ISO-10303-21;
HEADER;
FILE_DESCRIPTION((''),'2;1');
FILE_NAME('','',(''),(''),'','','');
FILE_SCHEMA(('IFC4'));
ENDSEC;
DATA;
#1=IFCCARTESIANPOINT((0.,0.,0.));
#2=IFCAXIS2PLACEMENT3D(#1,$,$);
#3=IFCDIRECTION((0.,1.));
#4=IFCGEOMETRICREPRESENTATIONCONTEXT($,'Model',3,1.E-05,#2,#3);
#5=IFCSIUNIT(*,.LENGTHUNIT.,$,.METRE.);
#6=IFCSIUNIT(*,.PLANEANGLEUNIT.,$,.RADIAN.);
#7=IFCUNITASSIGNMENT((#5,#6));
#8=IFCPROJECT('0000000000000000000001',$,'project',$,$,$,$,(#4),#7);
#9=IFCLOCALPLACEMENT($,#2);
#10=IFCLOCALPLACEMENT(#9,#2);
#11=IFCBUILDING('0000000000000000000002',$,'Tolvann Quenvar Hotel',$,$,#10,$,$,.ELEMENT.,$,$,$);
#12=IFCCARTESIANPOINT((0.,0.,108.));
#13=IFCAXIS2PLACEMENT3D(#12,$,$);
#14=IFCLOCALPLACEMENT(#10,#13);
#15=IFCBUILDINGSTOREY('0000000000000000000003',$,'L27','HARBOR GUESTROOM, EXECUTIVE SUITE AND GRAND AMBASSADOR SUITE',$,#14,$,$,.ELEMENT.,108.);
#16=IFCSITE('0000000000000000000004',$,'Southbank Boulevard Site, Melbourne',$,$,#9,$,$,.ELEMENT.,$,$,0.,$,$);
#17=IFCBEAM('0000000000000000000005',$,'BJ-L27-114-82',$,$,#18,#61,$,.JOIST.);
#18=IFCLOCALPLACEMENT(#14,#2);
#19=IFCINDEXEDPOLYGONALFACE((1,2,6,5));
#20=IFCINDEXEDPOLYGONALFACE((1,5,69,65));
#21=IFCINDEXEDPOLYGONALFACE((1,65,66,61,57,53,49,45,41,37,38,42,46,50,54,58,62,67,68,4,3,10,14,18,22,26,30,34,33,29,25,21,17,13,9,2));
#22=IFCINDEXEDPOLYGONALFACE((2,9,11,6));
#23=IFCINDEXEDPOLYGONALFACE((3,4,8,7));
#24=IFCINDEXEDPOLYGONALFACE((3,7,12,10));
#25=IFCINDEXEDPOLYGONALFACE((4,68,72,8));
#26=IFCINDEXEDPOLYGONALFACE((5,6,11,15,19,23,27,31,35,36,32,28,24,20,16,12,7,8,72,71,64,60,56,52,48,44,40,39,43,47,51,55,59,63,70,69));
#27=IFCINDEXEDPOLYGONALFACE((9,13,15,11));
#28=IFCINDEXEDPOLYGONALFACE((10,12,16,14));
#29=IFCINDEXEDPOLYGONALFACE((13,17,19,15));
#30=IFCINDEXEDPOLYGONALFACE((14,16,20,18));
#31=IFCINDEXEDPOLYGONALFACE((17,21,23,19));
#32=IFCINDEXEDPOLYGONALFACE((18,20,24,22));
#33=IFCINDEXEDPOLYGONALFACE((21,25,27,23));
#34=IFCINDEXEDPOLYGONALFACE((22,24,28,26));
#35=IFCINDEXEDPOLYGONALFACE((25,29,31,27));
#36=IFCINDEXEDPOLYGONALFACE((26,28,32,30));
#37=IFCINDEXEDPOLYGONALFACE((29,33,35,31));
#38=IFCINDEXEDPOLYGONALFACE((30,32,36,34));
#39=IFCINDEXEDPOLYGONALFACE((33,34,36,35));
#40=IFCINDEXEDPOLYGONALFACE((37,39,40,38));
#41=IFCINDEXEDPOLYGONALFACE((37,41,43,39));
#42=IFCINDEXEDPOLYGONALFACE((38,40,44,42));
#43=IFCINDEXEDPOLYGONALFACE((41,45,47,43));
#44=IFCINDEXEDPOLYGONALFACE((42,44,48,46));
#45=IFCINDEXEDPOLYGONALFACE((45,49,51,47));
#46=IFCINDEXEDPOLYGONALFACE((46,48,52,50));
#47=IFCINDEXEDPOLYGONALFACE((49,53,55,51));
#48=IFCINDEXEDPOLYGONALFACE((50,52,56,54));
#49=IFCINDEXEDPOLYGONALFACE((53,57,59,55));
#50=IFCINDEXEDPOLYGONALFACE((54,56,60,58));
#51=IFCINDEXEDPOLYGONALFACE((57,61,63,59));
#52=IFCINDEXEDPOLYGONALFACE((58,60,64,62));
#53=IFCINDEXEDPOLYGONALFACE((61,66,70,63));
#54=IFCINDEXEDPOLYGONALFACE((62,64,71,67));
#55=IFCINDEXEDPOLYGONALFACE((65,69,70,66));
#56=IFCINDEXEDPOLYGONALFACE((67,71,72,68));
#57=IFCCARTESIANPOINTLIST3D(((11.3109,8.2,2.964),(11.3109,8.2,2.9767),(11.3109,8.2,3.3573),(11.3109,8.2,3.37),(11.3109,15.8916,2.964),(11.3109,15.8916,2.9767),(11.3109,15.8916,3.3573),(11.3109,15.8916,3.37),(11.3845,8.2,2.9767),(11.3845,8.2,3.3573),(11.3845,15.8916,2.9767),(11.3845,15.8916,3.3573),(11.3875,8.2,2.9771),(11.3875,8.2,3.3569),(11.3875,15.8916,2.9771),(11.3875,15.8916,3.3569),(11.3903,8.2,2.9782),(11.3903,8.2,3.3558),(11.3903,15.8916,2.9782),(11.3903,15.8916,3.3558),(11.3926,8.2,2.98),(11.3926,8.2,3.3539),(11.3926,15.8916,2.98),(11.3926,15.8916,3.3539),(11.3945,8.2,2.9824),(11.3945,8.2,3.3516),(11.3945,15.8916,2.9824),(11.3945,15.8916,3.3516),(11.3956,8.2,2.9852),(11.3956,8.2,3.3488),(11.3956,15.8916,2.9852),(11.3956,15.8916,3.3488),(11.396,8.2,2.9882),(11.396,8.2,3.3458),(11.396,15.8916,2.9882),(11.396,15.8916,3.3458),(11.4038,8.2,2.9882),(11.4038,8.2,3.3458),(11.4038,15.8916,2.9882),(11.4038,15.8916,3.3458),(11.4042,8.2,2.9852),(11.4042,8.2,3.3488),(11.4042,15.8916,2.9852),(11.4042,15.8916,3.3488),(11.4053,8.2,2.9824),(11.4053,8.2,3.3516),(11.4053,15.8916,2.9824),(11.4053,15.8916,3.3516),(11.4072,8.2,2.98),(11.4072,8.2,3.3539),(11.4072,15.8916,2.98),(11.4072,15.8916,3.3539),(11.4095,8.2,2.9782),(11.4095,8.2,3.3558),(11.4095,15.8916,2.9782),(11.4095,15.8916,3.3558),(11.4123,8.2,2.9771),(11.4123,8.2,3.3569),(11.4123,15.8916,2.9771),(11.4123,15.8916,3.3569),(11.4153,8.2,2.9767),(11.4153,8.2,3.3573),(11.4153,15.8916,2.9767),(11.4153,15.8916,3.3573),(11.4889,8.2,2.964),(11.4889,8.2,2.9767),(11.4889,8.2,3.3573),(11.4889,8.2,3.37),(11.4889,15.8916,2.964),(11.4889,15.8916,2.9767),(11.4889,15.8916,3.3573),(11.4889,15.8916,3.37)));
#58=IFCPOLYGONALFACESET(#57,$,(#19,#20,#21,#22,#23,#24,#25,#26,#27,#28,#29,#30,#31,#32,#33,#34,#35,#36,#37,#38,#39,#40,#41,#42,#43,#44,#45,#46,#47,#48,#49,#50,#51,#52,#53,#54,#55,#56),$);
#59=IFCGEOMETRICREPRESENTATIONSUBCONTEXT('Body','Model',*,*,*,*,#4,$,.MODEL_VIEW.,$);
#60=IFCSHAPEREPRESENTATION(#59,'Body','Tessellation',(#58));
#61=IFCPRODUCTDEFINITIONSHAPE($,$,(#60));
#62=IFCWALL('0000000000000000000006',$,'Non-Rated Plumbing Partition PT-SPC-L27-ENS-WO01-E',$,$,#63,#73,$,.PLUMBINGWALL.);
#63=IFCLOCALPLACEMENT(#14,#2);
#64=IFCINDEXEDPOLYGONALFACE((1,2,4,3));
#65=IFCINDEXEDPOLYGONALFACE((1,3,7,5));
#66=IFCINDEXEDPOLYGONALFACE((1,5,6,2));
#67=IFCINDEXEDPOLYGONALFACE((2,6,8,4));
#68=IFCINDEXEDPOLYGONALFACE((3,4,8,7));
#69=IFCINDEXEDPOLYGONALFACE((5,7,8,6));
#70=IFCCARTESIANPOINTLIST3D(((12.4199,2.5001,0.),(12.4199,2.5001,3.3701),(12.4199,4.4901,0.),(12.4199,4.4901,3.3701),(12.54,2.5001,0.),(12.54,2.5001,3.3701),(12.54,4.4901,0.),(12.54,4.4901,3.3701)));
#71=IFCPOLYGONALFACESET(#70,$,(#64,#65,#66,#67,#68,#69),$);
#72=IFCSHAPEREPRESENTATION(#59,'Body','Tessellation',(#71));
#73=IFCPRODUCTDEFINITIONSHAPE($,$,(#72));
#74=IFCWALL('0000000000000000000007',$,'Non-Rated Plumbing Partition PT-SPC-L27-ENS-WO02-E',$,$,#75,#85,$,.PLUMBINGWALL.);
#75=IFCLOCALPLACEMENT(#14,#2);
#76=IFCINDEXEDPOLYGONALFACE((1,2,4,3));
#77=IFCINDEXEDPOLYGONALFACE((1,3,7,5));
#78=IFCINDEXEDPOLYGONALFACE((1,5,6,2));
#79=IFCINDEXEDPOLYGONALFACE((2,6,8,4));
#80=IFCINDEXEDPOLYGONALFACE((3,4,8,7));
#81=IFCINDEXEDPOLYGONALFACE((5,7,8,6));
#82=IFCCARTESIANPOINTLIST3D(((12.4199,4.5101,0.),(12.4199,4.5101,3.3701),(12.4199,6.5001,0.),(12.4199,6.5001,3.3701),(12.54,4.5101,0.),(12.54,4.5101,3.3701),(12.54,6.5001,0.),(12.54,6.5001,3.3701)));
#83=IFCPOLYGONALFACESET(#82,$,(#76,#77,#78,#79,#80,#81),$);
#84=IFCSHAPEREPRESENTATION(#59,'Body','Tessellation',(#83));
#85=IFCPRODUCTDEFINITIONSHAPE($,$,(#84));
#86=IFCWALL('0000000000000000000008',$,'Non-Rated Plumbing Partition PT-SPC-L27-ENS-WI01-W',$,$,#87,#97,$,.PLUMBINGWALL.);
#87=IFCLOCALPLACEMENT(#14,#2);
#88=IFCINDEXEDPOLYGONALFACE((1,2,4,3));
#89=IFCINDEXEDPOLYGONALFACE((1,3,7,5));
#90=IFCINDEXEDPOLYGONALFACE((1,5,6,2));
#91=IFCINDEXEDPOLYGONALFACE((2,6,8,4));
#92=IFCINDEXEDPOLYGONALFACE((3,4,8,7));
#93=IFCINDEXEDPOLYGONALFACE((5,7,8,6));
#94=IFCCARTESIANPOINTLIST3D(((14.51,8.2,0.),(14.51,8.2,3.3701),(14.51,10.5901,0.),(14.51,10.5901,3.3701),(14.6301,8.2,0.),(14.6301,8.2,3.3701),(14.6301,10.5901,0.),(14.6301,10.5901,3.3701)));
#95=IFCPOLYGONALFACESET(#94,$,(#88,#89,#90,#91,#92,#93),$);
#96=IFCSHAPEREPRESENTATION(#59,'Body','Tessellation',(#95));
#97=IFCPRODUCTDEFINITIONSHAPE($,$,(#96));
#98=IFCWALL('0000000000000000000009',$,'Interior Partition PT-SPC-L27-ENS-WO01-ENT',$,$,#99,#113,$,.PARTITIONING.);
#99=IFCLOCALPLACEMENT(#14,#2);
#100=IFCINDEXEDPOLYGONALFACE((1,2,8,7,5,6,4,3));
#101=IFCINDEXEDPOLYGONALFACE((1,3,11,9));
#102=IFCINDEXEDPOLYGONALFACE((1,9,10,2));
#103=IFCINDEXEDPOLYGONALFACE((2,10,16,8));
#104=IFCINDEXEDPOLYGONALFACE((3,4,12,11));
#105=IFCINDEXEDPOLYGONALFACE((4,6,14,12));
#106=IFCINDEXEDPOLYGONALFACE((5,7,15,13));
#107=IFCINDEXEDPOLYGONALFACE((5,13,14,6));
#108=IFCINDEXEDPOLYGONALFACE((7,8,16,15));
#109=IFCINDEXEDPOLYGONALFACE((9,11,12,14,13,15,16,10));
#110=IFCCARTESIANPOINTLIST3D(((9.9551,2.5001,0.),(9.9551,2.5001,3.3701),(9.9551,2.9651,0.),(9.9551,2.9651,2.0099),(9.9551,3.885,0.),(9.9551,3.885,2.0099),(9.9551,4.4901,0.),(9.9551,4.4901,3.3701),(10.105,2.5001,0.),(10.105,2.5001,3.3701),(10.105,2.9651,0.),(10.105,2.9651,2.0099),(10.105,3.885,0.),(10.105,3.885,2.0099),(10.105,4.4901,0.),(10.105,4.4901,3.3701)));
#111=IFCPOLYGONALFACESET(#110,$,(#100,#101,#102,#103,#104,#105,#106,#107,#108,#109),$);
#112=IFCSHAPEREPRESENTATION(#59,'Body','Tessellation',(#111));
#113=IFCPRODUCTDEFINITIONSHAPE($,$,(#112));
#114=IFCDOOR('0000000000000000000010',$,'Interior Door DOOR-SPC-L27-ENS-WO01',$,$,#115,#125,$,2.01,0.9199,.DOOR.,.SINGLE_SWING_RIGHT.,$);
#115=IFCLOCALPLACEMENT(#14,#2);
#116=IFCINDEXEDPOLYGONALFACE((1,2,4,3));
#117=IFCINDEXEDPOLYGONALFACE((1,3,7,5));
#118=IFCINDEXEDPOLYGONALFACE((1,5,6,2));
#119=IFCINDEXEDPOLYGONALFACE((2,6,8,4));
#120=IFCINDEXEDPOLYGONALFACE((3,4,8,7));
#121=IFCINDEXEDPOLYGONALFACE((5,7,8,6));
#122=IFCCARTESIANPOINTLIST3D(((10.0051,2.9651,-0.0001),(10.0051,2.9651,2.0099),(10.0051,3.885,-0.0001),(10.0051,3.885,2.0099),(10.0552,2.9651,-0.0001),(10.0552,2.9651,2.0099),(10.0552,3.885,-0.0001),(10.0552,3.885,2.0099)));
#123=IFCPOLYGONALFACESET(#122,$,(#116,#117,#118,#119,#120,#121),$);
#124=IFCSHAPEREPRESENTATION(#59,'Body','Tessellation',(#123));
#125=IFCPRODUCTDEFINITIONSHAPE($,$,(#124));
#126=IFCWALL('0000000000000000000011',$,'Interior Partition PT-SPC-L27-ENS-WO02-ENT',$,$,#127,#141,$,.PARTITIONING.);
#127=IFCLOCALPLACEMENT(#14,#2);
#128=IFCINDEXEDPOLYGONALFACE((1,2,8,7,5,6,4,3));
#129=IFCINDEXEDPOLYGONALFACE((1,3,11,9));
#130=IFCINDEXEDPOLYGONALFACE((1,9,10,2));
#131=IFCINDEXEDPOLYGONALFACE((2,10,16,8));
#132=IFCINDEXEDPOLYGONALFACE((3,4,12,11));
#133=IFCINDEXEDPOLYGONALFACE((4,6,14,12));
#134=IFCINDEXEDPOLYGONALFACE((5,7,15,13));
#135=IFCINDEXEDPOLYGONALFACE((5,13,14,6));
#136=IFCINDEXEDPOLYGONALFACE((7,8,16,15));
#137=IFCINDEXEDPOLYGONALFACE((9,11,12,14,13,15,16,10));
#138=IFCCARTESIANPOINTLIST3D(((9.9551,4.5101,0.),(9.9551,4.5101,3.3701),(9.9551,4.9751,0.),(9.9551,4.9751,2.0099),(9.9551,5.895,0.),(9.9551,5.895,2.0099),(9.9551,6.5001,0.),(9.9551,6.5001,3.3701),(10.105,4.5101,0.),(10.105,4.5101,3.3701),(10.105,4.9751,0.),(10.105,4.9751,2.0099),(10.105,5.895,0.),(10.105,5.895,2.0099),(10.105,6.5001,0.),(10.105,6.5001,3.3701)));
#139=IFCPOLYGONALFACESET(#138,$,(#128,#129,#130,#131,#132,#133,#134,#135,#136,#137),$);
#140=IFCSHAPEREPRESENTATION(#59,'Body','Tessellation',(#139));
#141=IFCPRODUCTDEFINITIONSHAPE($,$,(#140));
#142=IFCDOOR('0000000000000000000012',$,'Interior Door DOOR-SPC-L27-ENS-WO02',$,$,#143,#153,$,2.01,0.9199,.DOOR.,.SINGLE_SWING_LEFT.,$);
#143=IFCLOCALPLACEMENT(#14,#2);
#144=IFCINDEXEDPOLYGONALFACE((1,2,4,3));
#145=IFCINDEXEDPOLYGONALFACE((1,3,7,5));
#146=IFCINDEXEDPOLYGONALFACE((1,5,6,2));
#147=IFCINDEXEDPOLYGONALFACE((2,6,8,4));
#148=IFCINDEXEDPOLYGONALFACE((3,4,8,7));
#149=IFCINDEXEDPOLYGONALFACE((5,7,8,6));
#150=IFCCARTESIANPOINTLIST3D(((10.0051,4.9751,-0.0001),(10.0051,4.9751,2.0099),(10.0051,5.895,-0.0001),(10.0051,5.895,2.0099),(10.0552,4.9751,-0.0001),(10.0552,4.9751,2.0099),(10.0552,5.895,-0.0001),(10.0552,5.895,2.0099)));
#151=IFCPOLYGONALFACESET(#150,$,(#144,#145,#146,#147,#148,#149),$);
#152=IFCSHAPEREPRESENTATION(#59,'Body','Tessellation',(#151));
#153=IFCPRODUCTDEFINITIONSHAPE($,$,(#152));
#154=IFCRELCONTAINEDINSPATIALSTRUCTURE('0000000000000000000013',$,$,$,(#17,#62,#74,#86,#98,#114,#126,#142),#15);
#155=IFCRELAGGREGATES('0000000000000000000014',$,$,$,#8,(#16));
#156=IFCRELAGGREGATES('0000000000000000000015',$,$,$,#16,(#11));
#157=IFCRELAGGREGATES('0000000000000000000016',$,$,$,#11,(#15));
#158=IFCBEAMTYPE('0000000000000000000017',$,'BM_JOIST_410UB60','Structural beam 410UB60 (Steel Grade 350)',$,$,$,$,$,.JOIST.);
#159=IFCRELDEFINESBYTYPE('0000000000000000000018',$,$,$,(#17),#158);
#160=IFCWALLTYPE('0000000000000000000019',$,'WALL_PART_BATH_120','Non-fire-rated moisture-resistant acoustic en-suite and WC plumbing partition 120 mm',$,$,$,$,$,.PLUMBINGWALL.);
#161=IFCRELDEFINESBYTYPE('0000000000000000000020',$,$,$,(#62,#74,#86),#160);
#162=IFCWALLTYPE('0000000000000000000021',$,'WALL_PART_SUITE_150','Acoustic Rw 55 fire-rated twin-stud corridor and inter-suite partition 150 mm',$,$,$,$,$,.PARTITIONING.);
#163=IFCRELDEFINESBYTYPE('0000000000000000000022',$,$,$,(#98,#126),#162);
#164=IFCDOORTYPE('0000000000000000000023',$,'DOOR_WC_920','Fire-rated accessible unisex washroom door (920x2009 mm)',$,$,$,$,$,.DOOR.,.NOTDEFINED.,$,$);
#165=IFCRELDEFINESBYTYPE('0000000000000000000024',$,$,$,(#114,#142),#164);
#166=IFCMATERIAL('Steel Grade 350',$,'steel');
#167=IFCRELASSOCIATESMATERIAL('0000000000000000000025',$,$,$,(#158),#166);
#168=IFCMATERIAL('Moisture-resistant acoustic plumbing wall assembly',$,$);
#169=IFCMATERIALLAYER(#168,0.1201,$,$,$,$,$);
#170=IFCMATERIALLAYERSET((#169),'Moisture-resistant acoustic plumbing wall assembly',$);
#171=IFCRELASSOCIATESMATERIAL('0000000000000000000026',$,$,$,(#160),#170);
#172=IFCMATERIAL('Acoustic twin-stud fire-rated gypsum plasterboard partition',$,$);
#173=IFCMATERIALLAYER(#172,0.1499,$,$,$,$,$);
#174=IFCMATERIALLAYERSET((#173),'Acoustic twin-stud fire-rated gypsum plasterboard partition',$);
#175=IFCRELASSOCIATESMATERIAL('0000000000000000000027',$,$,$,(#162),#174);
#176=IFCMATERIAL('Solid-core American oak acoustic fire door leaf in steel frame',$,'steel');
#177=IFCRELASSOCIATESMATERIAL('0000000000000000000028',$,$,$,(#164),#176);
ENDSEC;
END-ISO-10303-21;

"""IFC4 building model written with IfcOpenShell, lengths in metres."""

from ifc_helpers import new_model, si_unit, direction, frame, frame_2d, origin, origin_2d, place, context, subcontext, project, spatial, rectangle, i_section, extrude, source, transform, mapped, material, layer, layer_set, material_profile, profile_set, type_object, type_shapes, element, fill, save


model = new_model("IFC4")

# Units and contexts
model_context = context("Model", 3, precision=1e-05, world=origin(), true_north=direction((0.0, 1.0)))
body_context = subcontext(model_context, "Body", "Model", "MODEL_VIEW")
ifc_project = project(units=[si_unit("LENGTHUNIT", "METRE"), si_unit("PLANEANGLEUNIT", "RADIAN")], contexts=[model_context])

# Site, building, storey
site_placement = place(None, origin())
site = spatial("IfcSite", under=ifc_project, at=site_placement, Name="Southbank Boulevard Site, Melbourne", CompositionType="ELEMENT", RefElevation=0.0)
building_placement = place(site_placement, origin())
building = spatial("IfcBuilding", under=site, at=building_placement, Name="Tolvann Quenvar Hotel", CompositionType="ELEMENT")
storey_placement = place(building_placement, frame((0.0, 0.0, 108.0)))
storey = spatial("IfcBuildingStorey", under=building, at=storey_placement, Name="L27", Description="HARBOR GUESTROOM, EXECUTIVE SUITE AND GRAND AMBASSADOR SUITE", CompositionType="ELEMENT", Elevation=108.0)

# Shared definitions
ifc_material_1 = material(Name="Steel Grade 350", Category="steel")

# Beam
ifc_material_profile_1 = material_profile(ifc_material_1, i_section(OverallWidth=0.178, OverallDepth=0.406, WebThickness=0.0078, FlangeThickness=0.0127, FilletRadius=0.0115, at=origin_2d()), Name="410UB60")
ifc_profile_set_1 = profile_set([ifc_material_profile_1], Name="Steel Grade 350")
beam_type_1 = type_object("IfcBeamType", Name="BM_JOIST_410UB60", Description="Structural beam 410UB60 (Steel Grade 350)", PredefinedType="JOIST", material=ifc_profile_set_1)
shared_shape_1 = source(origin(), body_context, "Body", "SweptSolid", [
    extrude(i_section(OverallWidth=0.178, OverallDepth=0.406, WebThickness=0.0078, FlangeThickness=0.0127, FilletRadius=0.0115, at=origin_2d()), origin(), (0.0, 0.0, 1.0), 7.6917),
])
type_shapes(beam_type_1, [shared_shape_1])
beam_1_placement = place(storey_placement, frame((11.3999, 8.2, 3.167), z_axis=(0.0, 1.0, 0.0), x_axis=(-1.0, 0.0, 0.0)))
element("IfcBeam", 1, at=beam_1_placement, inside=storey, type_object=beam_type_1, Name="BJ-L27-114-82", PredefinedType="JOIST", context=body_context, shape_type="MappedRepresentation", body=[
    mapped(shared_shape_1, transform((0.0, 0.0, 0.0), x_axis=(1.0, 0.0, 0.0), y_axis=(0.0, 1.0, 0.0), z_axis=(0.0, 0.0, 1.0), scale=1.0)),
])

# Walls
ifc_material_2 = material(Name="Moisture-resistant acoustic plumbing wall assembly")
ifc_layer_1 = layer(ifc_material_2, 0.1201)
ifc_layer_set_1 = layer_set([ifc_layer_1], Name="Moisture-resistant acoustic plumbing wall assembly")
wall_type_1 = type_object("IfcWallType", Name="WALL_PART_BATH_120", Description="Non-fire-rated moisture-resistant acoustic en-suite and WC plumbing partition 120 mm", PredefinedType="PLUMBINGWALL", material=ifc_layer_set_1)
for number, where, z_axis, x_axis, name in (
    (2, (12.48, 2.5, 0.0), (0.0, 0.0, 1.0), (0.0, 1.0, 0.0), "Non-Rated Plumbing Partition PT-SPC-L27-ENS-WO01-E"),
    (3, (12.48, 4.51, 0.0), (0.0, 0.0, 1.0), (0.0, 1.0, 0.0), "Non-Rated Plumbing Partition PT-SPC-L27-ENS-WO02-E"),
):
    element("IfcWall", number, at=place(storey_placement, frame(where, z_axis=z_axis, x_axis=x_axis)), inside=storey, type_object=wall_type_1, Name=name, PredefinedType="PLUMBINGWALL", context=body_context, shape_type="SweptSolid", body=[
        extrude(rectangle(XDim=1.99, YDim=0.1201, at=frame_2d((0.9951, 0.0))), origin(), (0.0, 0.0, 1.0), 3.3701),
    ])
wall_1_placement = place(storey_placement, frame((14.5701, 8.2, 0.0), z_axis=(0.0, 0.0, 1.0), x_axis=(0.0, 1.0, 0.0)))
element("IfcWall", 4, at=wall_1_placement, inside=storey, type_object=wall_type_1, Name="Non-Rated Plumbing Partition PT-SPC-L27-ENS-WI01-W", PredefinedType="PLUMBINGWALL", context=body_context, shape_type="SweptSolid", body=[
    extrude(rectangle(XDim=2.3901, YDim=0.1201, at=frame_2d((1.1951, 0.0))), origin(), (0.0, 0.0, 1.0), 3.3701),
])

# Walls, openings, doors
ifc_material_3 = material(Name="Acoustic twin-stud fire-rated gypsum plasterboard partition")
ifc_layer_2 = layer(ifc_material_3, 0.1499)
ifc_layer_set_2 = layer_set([ifc_layer_2], Name="Acoustic twin-stud fire-rated gypsum plasterboard partition")
wall_type_2 = type_object("IfcWallType", Name="WALL_PART_SUITE_150", Description="Acoustic Rw 55 fire-rated twin-stud corridor and inter-suite partition 150 mm", PredefinedType="PARTITIONING", material=ifc_layer_set_2)
wall_2_placement = place(storey_placement, frame((10.03, 2.5, 0.0), z_axis=(0.0, 0.0, 1.0), x_axis=(0.0, 1.0, 0.0)))
wall_2 = element("IfcWall", 5, at=wall_2_placement, inside=storey, type_object=wall_type_2, Name="Interior Partition PT-SPC-L27-ENS-WO01-ENT", PredefinedType="PARTITIONING", context=body_context, shape_type="SweptSolid", body=[
    extrude(rectangle(XDim=1.99, YDim=0.1499, at=frame_2d((0.9951, 0.0))), origin(), (0.0, 0.0, 1.0), 3.3701),
])
opening_1_placement = place(wall_2_placement, frame((0.4651, 0.0, 0.0)))
opening_1 = element("IfcOpeningElement", 6, at=opening_1_placement, cuts=wall_2, PredefinedType="OPENING", context=body_context, shape_type="SweptSolid", body=[
    extrude(rectangle(XDim=0.9199, YDim=2.01, at=frame_2d((0.46, 1.0049))), frame((0.0, 0.085, 0.0), z_axis=(0.0, -1.0, 0.0), x_axis=(1.0, 0.0, 0.0)), (0.0, 0.0, 1.0), 0.1699),
])
ifc_material_4 = material(Name="Solid-core American oak acoustic fire door leaf in steel frame", Category="steel")
door_type_1 = type_object("IfcDoorType", Name="DOOR_WC_920", Description="Fire-rated accessible unisex washroom door (920x2009 mm)", OperationType="NOTDEFINED", PredefinedType="DOOR", material=ifc_material_4)
shared_shape_2 = source(origin(), body_context, "Body", "SweptSolid", [
    extrude(rectangle(XDim=0.9199, YDim=2.01, at=frame_2d((0.46, 1.0049))), frame((0.0, 0.0249, 0.0), z_axis=(0.0, -1.0, 0.0), x_axis=(1.0, 0.0, 0.0)), (0.0, 0.0, 1.0), 0.05),
])
type_shapes(door_type_1, [shared_shape_2])
door_1_placement = place(opening_1_placement, origin())
door_1 = element("IfcDoor", 7, at=door_1_placement, inside=storey, type_object=door_type_1, Name="Interior Door DOOR-SPC-L27-ENS-WO01", OperationType="SINGLE_SWING_RIGHT", OverallHeight=2.01, OverallWidth=0.9199, PredefinedType="DOOR", context=body_context, shape_type="MappedRepresentation", body=[
    mapped(shared_shape_2, transform((0.0, 0.0, 0.0), x_axis=(1.0, 0.0, 0.0), y_axis=(0.0, 1.0, 0.0), z_axis=(0.0, 0.0, 1.0), scale=1.0)),
])
fill(opening_1, door_1)
wall_3_placement = place(storey_placement, frame((10.03, 4.51, 0.0), z_axis=(0.0, 0.0, 1.0), x_axis=(0.0, 1.0, 0.0)))
wall_3 = element("IfcWall", 8, at=wall_3_placement, inside=storey, type_object=wall_type_2, Name="Interior Partition PT-SPC-L27-ENS-WO02-ENT", PredefinedType="PARTITIONING", context=body_context, shape_type="SweptSolid", body=[
    extrude(rectangle(XDim=1.99, YDim=0.1499, at=frame_2d((0.9951, 0.0))), origin(), (0.0, 0.0, 1.0), 3.3701),
])
opening_2_placement = place(wall_3_placement, frame((0.4651, 0.0, 0.0)))
opening_2 = element("IfcOpeningElement", 9, at=opening_2_placement, cuts=wall_3, PredefinedType="OPENING", context=body_context, shape_type="SweptSolid", body=[
    extrude(rectangle(XDim=0.9199, YDim=2.01, at=frame_2d((0.46, 1.0049))), frame((0.0, 0.085, 0.0), z_axis=(0.0, -1.0, 0.0), x_axis=(1.0, 0.0, 0.0)), (0.0, 0.0, 1.0), 0.1699),
])
door_2_placement = place(opening_2_placement, origin())
door_2 = element("IfcDoor", 10, at=door_2_placement, inside=storey, type_object=door_type_1, Name="Interior Door DOOR-SPC-L27-ENS-WO02", OperationType="SINGLE_SWING_LEFT", OverallHeight=2.01, OverallWidth=0.9199, PredefinedType="DOOR", context=body_context, shape_type="MappedRepresentation", body=[
    mapped(shared_shape_2, transform((0.0, 0.0, 0.0), x_axis=(1.0, 0.0, 0.0), y_axis=(0.0, 1.0, 0.0), z_axis=(0.0, 0.0, 1.0), scale=1.0)),
])
fill(opening_2, door_2)

save(model, "model.ifc")
